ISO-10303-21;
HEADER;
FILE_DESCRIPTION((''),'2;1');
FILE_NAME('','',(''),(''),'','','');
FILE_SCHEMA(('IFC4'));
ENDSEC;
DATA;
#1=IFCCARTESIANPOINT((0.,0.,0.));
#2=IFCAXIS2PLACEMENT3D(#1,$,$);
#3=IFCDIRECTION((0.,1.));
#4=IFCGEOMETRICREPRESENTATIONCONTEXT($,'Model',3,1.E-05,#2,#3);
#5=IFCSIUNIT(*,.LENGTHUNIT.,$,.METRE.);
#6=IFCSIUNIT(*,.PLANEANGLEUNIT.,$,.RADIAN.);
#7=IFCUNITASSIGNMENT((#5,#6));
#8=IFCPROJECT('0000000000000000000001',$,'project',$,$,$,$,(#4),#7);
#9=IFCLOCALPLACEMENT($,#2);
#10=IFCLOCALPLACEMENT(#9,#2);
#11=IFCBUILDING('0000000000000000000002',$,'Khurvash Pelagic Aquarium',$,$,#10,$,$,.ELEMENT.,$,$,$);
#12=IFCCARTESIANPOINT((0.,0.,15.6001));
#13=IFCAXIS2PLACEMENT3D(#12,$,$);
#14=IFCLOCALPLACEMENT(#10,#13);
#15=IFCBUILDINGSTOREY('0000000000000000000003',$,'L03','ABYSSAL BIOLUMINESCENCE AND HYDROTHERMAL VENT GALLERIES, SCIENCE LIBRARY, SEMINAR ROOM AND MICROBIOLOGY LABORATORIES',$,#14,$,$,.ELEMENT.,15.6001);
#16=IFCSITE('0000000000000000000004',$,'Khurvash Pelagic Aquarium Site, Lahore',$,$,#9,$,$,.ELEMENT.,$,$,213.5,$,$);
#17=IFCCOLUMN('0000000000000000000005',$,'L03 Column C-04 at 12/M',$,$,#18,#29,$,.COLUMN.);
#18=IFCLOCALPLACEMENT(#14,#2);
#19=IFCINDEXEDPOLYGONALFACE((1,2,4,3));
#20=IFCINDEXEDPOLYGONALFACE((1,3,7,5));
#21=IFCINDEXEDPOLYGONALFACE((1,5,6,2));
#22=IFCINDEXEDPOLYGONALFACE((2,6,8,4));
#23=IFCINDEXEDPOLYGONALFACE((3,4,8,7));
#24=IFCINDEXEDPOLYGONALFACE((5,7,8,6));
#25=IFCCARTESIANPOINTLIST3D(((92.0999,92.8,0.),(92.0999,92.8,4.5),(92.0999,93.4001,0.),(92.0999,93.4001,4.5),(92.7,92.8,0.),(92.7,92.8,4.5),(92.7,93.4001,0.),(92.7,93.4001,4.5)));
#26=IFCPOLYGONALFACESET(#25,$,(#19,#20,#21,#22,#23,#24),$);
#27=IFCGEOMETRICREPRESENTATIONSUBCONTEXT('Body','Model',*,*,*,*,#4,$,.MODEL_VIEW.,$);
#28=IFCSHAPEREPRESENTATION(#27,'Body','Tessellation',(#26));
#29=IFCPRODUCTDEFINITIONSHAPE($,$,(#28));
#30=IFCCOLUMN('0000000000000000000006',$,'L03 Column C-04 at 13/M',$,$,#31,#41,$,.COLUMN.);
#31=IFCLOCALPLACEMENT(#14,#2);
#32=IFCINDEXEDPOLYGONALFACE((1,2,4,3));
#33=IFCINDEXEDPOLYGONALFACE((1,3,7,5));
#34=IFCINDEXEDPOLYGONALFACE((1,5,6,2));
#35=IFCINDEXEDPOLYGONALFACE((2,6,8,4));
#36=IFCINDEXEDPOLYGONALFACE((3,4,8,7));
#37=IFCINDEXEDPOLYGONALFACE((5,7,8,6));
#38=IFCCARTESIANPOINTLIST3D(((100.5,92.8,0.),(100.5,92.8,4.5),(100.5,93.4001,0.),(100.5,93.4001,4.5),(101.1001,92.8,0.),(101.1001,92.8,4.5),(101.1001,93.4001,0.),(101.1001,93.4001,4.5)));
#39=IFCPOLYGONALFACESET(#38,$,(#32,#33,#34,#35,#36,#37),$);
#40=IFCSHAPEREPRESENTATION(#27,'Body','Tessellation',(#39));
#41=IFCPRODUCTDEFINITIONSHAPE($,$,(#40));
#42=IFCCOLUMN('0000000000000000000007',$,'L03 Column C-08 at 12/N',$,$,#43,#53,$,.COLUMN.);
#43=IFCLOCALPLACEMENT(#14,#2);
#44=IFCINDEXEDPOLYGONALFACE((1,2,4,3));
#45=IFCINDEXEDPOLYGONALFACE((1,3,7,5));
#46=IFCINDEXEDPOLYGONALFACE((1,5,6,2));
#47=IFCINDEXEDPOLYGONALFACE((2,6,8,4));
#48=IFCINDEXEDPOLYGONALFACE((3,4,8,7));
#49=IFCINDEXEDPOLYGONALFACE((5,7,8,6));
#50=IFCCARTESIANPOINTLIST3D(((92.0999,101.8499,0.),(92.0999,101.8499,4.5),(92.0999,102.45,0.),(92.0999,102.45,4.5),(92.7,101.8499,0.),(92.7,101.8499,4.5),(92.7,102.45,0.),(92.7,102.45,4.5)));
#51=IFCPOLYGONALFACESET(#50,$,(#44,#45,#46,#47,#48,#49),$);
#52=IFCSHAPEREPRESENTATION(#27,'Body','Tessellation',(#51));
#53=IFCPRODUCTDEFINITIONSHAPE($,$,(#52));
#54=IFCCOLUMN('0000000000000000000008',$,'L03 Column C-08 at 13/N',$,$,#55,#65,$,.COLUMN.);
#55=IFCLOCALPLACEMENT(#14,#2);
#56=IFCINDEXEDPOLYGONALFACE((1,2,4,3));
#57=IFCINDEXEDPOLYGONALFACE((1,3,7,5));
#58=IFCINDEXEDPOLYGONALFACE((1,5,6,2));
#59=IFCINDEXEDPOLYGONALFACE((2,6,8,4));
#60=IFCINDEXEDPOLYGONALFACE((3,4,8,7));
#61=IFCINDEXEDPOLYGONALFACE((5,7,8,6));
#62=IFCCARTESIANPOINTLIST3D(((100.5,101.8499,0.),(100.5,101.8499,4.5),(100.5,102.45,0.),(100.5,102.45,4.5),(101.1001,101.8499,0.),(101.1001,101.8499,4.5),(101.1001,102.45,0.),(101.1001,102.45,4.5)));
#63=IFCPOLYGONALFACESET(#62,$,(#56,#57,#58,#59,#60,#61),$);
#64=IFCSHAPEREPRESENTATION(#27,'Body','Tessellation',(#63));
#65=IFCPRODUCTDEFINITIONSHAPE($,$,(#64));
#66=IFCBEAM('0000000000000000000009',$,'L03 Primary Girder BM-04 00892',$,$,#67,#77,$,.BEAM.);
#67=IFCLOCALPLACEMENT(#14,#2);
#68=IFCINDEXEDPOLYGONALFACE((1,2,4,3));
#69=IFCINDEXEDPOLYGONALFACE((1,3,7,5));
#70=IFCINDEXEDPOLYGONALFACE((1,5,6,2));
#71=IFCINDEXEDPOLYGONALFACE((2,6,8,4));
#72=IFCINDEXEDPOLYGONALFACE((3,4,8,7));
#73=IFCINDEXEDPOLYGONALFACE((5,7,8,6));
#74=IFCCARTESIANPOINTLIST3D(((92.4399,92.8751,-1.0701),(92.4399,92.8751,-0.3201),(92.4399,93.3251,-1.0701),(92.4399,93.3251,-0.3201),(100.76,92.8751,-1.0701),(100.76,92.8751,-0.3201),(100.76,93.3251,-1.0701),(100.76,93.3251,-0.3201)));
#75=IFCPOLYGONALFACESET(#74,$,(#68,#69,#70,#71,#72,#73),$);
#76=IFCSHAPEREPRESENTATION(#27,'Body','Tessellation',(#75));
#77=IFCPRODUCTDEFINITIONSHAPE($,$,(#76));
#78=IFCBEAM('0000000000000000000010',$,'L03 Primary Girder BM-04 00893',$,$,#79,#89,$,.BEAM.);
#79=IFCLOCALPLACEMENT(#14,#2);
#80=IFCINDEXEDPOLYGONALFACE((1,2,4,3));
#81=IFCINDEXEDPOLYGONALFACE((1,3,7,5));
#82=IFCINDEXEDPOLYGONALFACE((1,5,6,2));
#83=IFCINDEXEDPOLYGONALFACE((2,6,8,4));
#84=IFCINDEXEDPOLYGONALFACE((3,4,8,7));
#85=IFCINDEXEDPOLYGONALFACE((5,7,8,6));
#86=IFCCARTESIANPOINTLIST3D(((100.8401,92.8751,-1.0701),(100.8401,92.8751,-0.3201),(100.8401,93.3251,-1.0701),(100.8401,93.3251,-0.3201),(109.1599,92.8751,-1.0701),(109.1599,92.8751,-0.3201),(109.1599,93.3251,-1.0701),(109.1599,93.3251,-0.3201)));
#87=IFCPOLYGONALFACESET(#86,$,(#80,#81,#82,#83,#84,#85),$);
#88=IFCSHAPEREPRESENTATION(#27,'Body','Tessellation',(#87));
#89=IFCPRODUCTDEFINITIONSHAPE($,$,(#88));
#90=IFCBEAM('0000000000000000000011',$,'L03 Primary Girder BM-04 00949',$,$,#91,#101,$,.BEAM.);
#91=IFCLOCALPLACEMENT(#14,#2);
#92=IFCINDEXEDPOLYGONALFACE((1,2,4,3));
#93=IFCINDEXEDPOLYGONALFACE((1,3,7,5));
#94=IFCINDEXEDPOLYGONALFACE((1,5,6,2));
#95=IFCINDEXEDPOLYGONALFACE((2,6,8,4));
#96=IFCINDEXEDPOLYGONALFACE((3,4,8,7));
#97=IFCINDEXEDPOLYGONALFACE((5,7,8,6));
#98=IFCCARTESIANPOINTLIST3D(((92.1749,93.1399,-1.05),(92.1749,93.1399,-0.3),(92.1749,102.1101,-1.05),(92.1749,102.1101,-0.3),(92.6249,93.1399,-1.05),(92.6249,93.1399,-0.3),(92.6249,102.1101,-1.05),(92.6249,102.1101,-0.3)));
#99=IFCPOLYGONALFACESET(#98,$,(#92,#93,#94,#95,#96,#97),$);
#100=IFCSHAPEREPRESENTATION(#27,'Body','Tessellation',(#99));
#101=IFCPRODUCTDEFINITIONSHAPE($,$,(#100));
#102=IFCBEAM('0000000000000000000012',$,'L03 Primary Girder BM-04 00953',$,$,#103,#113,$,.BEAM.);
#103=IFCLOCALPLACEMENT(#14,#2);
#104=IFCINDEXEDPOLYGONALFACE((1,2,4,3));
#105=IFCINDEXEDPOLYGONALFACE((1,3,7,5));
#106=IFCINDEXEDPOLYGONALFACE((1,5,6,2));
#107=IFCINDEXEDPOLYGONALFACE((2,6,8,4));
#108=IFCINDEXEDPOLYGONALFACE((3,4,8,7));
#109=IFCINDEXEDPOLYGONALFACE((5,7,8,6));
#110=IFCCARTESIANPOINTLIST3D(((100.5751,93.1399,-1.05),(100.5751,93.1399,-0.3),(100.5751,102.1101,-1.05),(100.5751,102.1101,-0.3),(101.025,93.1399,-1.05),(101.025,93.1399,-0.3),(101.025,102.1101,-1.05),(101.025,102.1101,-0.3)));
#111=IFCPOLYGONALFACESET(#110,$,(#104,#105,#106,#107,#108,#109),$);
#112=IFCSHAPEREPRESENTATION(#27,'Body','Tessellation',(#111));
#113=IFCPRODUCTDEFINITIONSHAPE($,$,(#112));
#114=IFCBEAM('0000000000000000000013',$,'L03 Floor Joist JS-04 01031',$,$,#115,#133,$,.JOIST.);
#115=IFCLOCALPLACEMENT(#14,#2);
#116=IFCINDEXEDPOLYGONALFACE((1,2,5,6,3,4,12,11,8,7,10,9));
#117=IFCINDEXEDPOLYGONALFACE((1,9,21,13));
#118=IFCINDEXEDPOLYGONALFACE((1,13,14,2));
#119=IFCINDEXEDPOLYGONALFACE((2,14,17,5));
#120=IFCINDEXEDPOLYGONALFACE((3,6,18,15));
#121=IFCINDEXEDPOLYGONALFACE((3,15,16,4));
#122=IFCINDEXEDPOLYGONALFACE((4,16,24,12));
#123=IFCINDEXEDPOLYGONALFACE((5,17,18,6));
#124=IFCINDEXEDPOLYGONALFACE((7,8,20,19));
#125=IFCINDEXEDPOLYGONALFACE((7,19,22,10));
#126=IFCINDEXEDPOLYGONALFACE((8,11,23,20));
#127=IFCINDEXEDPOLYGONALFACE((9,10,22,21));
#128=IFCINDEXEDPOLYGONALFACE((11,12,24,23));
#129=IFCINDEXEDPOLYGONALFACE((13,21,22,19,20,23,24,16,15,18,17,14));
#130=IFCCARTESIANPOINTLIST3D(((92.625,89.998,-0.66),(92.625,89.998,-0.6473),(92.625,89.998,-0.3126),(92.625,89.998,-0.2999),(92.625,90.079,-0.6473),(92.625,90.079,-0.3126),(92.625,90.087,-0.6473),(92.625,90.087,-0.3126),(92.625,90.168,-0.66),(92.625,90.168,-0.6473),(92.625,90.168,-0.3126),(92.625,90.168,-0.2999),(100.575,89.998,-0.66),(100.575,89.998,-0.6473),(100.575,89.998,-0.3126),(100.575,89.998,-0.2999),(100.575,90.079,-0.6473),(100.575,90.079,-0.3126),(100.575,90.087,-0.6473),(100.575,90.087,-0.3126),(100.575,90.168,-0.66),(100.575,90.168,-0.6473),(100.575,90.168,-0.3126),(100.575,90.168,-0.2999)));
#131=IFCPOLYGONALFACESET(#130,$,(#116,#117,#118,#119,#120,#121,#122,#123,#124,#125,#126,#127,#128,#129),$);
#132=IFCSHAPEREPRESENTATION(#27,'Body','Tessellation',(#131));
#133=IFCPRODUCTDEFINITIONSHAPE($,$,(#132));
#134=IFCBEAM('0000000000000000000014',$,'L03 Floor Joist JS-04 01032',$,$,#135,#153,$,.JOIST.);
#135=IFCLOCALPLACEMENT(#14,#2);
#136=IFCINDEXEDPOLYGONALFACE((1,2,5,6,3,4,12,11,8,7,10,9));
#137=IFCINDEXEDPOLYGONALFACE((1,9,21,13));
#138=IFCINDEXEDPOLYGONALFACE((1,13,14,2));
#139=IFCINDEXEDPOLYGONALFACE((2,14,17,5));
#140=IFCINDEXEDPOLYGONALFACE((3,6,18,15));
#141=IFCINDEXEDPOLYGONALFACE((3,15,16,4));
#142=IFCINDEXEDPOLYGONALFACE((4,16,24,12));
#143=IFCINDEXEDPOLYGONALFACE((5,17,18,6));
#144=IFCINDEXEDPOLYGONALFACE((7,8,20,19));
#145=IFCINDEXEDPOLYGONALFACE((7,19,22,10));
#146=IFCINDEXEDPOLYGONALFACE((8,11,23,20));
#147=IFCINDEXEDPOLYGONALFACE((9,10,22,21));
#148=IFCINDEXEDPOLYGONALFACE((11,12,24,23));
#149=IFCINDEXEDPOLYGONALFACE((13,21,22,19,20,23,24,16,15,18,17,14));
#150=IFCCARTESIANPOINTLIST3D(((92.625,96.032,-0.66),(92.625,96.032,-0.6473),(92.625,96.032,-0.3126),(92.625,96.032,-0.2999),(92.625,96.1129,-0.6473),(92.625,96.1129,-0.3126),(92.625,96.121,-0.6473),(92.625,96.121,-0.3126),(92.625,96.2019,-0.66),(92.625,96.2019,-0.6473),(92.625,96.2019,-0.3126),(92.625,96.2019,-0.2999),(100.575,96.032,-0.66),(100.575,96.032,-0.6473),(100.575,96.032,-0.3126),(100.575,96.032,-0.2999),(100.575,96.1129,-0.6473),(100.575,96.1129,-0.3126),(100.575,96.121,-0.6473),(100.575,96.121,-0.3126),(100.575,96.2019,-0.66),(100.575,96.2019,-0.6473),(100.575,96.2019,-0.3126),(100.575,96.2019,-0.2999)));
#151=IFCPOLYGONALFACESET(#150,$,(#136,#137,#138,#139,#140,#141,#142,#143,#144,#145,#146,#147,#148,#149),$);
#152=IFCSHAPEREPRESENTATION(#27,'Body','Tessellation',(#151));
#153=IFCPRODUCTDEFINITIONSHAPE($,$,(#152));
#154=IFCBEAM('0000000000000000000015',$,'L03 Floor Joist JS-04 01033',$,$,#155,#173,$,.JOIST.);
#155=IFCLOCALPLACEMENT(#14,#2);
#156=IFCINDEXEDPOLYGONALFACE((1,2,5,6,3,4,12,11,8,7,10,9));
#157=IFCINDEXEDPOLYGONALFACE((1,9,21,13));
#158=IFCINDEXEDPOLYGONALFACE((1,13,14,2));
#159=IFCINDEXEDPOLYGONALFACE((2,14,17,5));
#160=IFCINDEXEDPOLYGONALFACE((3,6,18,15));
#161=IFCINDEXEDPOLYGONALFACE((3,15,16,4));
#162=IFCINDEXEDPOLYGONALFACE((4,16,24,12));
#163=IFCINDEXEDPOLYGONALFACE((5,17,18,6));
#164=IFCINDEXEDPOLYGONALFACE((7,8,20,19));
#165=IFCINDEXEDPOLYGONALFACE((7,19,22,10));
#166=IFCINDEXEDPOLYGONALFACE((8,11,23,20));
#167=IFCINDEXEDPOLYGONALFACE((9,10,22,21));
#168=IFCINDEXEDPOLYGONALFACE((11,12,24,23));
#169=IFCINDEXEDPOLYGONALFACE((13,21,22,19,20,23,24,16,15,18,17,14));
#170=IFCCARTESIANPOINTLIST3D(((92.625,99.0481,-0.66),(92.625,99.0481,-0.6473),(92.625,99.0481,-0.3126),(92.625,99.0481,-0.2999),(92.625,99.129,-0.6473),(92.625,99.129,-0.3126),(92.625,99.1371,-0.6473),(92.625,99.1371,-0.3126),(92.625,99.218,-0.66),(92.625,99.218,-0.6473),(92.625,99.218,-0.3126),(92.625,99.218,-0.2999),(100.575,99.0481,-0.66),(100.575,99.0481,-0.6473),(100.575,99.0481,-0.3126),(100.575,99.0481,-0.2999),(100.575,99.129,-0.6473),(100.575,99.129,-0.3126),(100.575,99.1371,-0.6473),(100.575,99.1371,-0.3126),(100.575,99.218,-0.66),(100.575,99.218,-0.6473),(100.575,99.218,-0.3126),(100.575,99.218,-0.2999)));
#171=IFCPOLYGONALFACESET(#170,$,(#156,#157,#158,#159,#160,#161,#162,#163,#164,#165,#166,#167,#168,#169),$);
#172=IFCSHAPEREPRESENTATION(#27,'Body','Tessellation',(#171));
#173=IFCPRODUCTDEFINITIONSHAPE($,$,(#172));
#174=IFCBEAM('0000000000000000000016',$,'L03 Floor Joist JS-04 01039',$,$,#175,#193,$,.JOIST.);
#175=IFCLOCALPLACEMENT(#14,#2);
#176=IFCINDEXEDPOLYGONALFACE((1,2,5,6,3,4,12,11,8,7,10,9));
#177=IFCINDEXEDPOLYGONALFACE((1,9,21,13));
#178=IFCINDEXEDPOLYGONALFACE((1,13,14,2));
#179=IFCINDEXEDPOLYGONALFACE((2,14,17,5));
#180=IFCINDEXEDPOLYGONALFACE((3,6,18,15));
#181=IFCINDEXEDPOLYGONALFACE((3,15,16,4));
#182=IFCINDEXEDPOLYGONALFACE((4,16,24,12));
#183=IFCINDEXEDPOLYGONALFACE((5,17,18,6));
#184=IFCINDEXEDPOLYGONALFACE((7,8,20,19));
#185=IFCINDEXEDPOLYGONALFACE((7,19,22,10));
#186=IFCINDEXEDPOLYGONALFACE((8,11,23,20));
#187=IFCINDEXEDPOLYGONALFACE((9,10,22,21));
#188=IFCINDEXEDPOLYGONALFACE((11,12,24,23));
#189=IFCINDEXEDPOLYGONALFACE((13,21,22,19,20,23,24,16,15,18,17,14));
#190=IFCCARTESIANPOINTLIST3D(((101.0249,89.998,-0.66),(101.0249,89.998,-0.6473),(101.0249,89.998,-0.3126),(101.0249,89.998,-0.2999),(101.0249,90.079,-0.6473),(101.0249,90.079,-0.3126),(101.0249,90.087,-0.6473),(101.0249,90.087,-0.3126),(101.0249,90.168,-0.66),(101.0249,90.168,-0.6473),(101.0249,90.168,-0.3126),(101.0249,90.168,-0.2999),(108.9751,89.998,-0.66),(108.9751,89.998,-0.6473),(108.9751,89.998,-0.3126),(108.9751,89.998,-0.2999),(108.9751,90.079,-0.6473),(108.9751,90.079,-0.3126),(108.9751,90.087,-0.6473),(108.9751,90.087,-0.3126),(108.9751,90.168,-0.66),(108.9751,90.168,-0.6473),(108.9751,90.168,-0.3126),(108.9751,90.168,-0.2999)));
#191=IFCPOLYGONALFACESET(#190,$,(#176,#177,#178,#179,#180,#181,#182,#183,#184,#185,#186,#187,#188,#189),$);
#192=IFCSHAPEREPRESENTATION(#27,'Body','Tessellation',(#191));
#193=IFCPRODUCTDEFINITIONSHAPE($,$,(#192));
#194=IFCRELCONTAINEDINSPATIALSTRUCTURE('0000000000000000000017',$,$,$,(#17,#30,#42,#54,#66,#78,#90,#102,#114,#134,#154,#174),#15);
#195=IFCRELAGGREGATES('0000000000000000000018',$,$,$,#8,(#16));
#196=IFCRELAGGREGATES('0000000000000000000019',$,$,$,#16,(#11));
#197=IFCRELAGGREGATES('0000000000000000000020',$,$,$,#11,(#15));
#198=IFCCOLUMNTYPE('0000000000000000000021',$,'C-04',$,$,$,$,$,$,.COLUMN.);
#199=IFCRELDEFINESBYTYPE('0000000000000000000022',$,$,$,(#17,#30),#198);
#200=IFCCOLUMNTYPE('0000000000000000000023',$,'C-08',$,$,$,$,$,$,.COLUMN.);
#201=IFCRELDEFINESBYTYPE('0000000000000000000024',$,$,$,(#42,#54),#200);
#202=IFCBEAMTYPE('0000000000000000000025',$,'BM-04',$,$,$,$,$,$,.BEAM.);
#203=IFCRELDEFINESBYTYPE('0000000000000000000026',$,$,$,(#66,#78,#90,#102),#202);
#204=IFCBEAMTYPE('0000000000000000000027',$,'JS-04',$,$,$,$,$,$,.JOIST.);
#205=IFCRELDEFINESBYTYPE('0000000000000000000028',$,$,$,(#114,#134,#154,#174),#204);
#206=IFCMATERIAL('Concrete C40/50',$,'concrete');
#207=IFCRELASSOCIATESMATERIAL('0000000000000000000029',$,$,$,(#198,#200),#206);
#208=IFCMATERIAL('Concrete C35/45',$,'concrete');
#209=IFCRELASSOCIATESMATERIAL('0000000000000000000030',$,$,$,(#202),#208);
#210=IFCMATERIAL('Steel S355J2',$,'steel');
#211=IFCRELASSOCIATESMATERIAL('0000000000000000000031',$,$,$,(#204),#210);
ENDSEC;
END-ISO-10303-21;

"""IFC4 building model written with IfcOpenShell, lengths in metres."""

from ifc_helpers import new_model, si_unit, direction, frame, origin, origin_2d, place, context, subcontext, project, spatial, rectangle, i_section, extrude, material, material_profile, profile_set, type_object, element, save


model = new_model("IFC4")

# Units and contexts
model_context = context("Model", 3, precision=1e-05, world=origin(), true_north=direction((0.0, 1.0)))
body_context = subcontext(model_context, "Body", "Model", "MODEL_VIEW")
ifc_project = project(units=[si_unit("LENGTHUNIT", "METRE"), si_unit("PLANEANGLEUNIT", "RADIAN")], contexts=[model_context])

# Site, building, storey
site_placement = place(None, origin())
site = spatial("IfcSite", under=ifc_project, at=site_placement, Name="Khurvash Pelagic Aquarium Site, Lahore", CompositionType="ELEMENT", RefElevation=213.5)
building_placement = place(site_placement, origin())
building = spatial("IfcBuilding", under=site, at=building_placement, Name="Khurvash Pelagic Aquarium", CompositionType="ELEMENT")
storey_placement = place(building_placement, frame((0.0, 0.0, 15.6001)))
storey = spatial("IfcBuildingStorey", under=building, at=storey_placement, Name="L03", Description="ABYSSAL BIOLUMINESCENCE AND HYDROTHERMAL VENT GALLERIES, SCIENCE LIBRARY, SEMINAR ROOM AND MICROBIOLOGY LABORATORIES", CompositionType="ELEMENT", Elevation=15.6001)

# Columns
ifc_material_1 = material(Name="Concrete C40/50", Category="concrete")
ifc_material_profile_1 = material_profile(ifc_material_1, rectangle(XDim=0.6001, YDim=0.6001, at=origin_2d()), Name="RC600X600")
ifc_profile_set_1 = profile_set([ifc_material_profile_1], Name="Concrete C40/50")
column_type_1 = type_object("IfcColumnType", Name="C-04", PredefinedType="COLUMN", material=ifc_profile_set_1)
for number, where, z_axis, x_axis, name in (
    (1, (92.3999, 93.1001, 0.0), (0.0, 0.0, 1.0), (1.0, 0.0, 0.0), "L03 Column C-04 at 12/M"),
    (2, (100.8, 93.1001, 0.0), (0.0, 0.0, 1.0), (1.0, 0.0, 0.0), "L03 Column C-04 at 13/M"),
):
    element("IfcColumn", number, at=place(storey_placement, frame(where, z_axis=z_axis, x_axis=x_axis)), inside=storey, type_object=column_type_1, Name=name, PredefinedType="COLUMN", context=body_context, shape_type="SweptSolid", body=[
        extrude(rectangle(XDim=0.6001, YDim=0.6001, at=origin_2d()), origin(), (0.0, 0.0, 1.0), 4.5),
    ])
ifc_material_profile_2 = material_profile(ifc_material_1, rectangle(XDim=0.6001, YDim=0.6001, at=origin_2d()), Name="RC600X600")
ifc_profile_set_2 = profile_set([ifc_material_profile_2], Name="Concrete C40/50")
column_type_2 = type_object("IfcColumnType", Name="C-08", PredefinedType="COLUMN", material=ifc_profile_set_2)
for number, where, z_axis, x_axis, name in (
    (3, (92.3999, 102.1499, 0.0), (0.0, 0.0, 1.0), (1.0, 0.0, 0.0), "L03 Column C-08 at 12/N"),
    (4, (100.8, 102.1499, 0.0), (0.0, 0.0, 1.0), (1.0, 0.0, 0.0), "L03 Column C-08 at 13/N"),
):
    element("IfcColumn", number, at=place(storey_placement, frame(where, z_axis=z_axis, x_axis=x_axis)), inside=storey, type_object=column_type_2, Name=name, PredefinedType="COLUMN", context=body_context, shape_type="SweptSolid", body=[
        extrude(rectangle(XDim=0.6001, YDim=0.6001, at=origin_2d()), origin(), (0.0, 0.0, 1.0), 4.5),
    ])

# Beams
ifc_material_2 = material(Name="Concrete C35/45", Category="concrete")
ifc_material_profile_3 = material_profile(ifc_material_2, rectangle(XDim=0.45, YDim=0.75, at=origin_2d()), Name="RC450X750")
ifc_profile_set_3 = profile_set([ifc_material_profile_3], Name="Concrete C35/45")
beam_type_1 = type_object("IfcBeamType", Name="BM-04", PredefinedType="BEAM", material=ifc_profile_set_3)
beam_1_placement = place(storey_placement, frame((92.4399, 93.1001, -0.6951), z_axis=(1.0, 0.0, 0.0), x_axis=(0.0, 1.0, 0.0)))
element("IfcBeam", 5, at=beam_1_placement, inside=storey, type_object=beam_type_1, Name="L03 Primary Girder BM-04 00892", PredefinedType="BEAM", context=body_context, shape_type="SweptSolid", body=[
    extrude(rectangle(XDim=0.45, YDim=0.75, at=origin_2d()), origin(), (0.0, 0.0, 1.0), 8.3201),
])
beam_2_placement = place(storey_placement, frame((100.8401, 93.1001, -0.6951), z_axis=(1.0, 0.0, 0.0), x_axis=(0.0, 1.0, 0.0)))
element("IfcBeam", 6, at=beam_2_placement, inside=storey, type_object=beam_type_1, Name="L03 Primary Girder BM-04 00893", PredefinedType="BEAM", context=body_context, shape_type="SweptSolid", body=[
    extrude(rectangle(XDim=0.45, YDim=0.75, at=origin_2d()), origin(), (0.0, 0.0, 1.0), 8.3198),
])
for number, where, z_axis, x_axis, name in (
    (7, (92.3999, 93.1399, -0.675), (0.0, 1.0, 0.0), (-1.0, 0.0, 0.0), "L03 Primary Girder BM-04 00949"),
    (8, (100.8, 93.1399, -0.675), (0.0, 1.0, 0.0), (-1.0, 0.0, 0.0), "L03 Primary Girder BM-04 00953"),
):
    element("IfcBeam", number, at=place(storey_placement, frame(where, z_axis=z_axis, x_axis=x_axis)), inside=storey, type_object=beam_type_1, Name=name, PredefinedType="BEAM", context=body_context, shape_type="SweptSolid", body=[
        extrude(rectangle(XDim=0.45, YDim=0.75, at=origin_2d()), origin(), (0.0, 0.0, 1.0), 8.9702),
    ])
ifc_material_3 = material(Name="Steel S355J2", Category="steel")
ifc_material_profile_4 = material_profile(ifc_material_3, i_section(OverallWidth=0.1699, OverallDepth=0.3601, WebThickness=0.0081, FlangeThickness=0.0127, at=origin_2d()), Name="IPE360")
ifc_profile_set_4 = profile_set([ifc_material_profile_4], Name="Steel S355J2")
beam_type_2 = type_object("IfcBeamType", Name="JS-04", PredefinedType="JOIST", material=ifc_profile_set_4)
for number, where, z_axis, x_axis, name in (
    (9, (92.625, 90.083, -0.48), (1.0, 0.0, 0.0), (0.0, 1.0, 0.0), "L03 Floor Joist JS-04 01031"),
    (10, (92.625, 96.1169, -0.48), (1.0, 0.0, 0.0), (0.0, 1.0, 0.0), "L03 Floor Joist JS-04 01032"),
    (11, (92.625, 99.1331, -0.48), (1.0, 0.0, 0.0), (0.0, 1.0, 0.0), "L03 Floor Joist JS-04 01033"),
):
    element("IfcBeam", number, at=place(storey_placement, frame(where, z_axis=z_axis, x_axis=x_axis)), inside=storey, type_object=beam_type_2, Name=name, PredefinedType="JOIST", context=body_context, shape_type="SweptSolid", body=[
        extrude(i_section(OverallWidth=0.1699, OverallDepth=0.3601, WebThickness=0.0081, FlangeThickness=0.0127, at=origin_2d()), origin(), (0.0, 0.0, 1.0), 7.95),
    ])
for number, where, z_axis, x_axis, name in (
    (12, (101.0249, 90.083, -0.48), (1.0, 0.0, 0.0), (0.0, 1.0, 0.0), "L03 Floor Joist JS-04 01039"),
):
    element("IfcBeam", number, at=place(storey_placement, frame(where, z_axis=z_axis, x_axis=x_axis)), inside=storey, type_object=beam_type_2, Name=name, PredefinedType="JOIST", context=body_context, shape_type="SweptSolid", body=[
        extrude(i_section(OverallWidth=0.1699, OverallDepth=0.3601, WebThickness=0.0081, FlangeThickness=0.0127, at=origin_2d()), origin(), (0.0, 0.0, 1.0), 7.9502),
    ])

save(model, "model.ifc")
